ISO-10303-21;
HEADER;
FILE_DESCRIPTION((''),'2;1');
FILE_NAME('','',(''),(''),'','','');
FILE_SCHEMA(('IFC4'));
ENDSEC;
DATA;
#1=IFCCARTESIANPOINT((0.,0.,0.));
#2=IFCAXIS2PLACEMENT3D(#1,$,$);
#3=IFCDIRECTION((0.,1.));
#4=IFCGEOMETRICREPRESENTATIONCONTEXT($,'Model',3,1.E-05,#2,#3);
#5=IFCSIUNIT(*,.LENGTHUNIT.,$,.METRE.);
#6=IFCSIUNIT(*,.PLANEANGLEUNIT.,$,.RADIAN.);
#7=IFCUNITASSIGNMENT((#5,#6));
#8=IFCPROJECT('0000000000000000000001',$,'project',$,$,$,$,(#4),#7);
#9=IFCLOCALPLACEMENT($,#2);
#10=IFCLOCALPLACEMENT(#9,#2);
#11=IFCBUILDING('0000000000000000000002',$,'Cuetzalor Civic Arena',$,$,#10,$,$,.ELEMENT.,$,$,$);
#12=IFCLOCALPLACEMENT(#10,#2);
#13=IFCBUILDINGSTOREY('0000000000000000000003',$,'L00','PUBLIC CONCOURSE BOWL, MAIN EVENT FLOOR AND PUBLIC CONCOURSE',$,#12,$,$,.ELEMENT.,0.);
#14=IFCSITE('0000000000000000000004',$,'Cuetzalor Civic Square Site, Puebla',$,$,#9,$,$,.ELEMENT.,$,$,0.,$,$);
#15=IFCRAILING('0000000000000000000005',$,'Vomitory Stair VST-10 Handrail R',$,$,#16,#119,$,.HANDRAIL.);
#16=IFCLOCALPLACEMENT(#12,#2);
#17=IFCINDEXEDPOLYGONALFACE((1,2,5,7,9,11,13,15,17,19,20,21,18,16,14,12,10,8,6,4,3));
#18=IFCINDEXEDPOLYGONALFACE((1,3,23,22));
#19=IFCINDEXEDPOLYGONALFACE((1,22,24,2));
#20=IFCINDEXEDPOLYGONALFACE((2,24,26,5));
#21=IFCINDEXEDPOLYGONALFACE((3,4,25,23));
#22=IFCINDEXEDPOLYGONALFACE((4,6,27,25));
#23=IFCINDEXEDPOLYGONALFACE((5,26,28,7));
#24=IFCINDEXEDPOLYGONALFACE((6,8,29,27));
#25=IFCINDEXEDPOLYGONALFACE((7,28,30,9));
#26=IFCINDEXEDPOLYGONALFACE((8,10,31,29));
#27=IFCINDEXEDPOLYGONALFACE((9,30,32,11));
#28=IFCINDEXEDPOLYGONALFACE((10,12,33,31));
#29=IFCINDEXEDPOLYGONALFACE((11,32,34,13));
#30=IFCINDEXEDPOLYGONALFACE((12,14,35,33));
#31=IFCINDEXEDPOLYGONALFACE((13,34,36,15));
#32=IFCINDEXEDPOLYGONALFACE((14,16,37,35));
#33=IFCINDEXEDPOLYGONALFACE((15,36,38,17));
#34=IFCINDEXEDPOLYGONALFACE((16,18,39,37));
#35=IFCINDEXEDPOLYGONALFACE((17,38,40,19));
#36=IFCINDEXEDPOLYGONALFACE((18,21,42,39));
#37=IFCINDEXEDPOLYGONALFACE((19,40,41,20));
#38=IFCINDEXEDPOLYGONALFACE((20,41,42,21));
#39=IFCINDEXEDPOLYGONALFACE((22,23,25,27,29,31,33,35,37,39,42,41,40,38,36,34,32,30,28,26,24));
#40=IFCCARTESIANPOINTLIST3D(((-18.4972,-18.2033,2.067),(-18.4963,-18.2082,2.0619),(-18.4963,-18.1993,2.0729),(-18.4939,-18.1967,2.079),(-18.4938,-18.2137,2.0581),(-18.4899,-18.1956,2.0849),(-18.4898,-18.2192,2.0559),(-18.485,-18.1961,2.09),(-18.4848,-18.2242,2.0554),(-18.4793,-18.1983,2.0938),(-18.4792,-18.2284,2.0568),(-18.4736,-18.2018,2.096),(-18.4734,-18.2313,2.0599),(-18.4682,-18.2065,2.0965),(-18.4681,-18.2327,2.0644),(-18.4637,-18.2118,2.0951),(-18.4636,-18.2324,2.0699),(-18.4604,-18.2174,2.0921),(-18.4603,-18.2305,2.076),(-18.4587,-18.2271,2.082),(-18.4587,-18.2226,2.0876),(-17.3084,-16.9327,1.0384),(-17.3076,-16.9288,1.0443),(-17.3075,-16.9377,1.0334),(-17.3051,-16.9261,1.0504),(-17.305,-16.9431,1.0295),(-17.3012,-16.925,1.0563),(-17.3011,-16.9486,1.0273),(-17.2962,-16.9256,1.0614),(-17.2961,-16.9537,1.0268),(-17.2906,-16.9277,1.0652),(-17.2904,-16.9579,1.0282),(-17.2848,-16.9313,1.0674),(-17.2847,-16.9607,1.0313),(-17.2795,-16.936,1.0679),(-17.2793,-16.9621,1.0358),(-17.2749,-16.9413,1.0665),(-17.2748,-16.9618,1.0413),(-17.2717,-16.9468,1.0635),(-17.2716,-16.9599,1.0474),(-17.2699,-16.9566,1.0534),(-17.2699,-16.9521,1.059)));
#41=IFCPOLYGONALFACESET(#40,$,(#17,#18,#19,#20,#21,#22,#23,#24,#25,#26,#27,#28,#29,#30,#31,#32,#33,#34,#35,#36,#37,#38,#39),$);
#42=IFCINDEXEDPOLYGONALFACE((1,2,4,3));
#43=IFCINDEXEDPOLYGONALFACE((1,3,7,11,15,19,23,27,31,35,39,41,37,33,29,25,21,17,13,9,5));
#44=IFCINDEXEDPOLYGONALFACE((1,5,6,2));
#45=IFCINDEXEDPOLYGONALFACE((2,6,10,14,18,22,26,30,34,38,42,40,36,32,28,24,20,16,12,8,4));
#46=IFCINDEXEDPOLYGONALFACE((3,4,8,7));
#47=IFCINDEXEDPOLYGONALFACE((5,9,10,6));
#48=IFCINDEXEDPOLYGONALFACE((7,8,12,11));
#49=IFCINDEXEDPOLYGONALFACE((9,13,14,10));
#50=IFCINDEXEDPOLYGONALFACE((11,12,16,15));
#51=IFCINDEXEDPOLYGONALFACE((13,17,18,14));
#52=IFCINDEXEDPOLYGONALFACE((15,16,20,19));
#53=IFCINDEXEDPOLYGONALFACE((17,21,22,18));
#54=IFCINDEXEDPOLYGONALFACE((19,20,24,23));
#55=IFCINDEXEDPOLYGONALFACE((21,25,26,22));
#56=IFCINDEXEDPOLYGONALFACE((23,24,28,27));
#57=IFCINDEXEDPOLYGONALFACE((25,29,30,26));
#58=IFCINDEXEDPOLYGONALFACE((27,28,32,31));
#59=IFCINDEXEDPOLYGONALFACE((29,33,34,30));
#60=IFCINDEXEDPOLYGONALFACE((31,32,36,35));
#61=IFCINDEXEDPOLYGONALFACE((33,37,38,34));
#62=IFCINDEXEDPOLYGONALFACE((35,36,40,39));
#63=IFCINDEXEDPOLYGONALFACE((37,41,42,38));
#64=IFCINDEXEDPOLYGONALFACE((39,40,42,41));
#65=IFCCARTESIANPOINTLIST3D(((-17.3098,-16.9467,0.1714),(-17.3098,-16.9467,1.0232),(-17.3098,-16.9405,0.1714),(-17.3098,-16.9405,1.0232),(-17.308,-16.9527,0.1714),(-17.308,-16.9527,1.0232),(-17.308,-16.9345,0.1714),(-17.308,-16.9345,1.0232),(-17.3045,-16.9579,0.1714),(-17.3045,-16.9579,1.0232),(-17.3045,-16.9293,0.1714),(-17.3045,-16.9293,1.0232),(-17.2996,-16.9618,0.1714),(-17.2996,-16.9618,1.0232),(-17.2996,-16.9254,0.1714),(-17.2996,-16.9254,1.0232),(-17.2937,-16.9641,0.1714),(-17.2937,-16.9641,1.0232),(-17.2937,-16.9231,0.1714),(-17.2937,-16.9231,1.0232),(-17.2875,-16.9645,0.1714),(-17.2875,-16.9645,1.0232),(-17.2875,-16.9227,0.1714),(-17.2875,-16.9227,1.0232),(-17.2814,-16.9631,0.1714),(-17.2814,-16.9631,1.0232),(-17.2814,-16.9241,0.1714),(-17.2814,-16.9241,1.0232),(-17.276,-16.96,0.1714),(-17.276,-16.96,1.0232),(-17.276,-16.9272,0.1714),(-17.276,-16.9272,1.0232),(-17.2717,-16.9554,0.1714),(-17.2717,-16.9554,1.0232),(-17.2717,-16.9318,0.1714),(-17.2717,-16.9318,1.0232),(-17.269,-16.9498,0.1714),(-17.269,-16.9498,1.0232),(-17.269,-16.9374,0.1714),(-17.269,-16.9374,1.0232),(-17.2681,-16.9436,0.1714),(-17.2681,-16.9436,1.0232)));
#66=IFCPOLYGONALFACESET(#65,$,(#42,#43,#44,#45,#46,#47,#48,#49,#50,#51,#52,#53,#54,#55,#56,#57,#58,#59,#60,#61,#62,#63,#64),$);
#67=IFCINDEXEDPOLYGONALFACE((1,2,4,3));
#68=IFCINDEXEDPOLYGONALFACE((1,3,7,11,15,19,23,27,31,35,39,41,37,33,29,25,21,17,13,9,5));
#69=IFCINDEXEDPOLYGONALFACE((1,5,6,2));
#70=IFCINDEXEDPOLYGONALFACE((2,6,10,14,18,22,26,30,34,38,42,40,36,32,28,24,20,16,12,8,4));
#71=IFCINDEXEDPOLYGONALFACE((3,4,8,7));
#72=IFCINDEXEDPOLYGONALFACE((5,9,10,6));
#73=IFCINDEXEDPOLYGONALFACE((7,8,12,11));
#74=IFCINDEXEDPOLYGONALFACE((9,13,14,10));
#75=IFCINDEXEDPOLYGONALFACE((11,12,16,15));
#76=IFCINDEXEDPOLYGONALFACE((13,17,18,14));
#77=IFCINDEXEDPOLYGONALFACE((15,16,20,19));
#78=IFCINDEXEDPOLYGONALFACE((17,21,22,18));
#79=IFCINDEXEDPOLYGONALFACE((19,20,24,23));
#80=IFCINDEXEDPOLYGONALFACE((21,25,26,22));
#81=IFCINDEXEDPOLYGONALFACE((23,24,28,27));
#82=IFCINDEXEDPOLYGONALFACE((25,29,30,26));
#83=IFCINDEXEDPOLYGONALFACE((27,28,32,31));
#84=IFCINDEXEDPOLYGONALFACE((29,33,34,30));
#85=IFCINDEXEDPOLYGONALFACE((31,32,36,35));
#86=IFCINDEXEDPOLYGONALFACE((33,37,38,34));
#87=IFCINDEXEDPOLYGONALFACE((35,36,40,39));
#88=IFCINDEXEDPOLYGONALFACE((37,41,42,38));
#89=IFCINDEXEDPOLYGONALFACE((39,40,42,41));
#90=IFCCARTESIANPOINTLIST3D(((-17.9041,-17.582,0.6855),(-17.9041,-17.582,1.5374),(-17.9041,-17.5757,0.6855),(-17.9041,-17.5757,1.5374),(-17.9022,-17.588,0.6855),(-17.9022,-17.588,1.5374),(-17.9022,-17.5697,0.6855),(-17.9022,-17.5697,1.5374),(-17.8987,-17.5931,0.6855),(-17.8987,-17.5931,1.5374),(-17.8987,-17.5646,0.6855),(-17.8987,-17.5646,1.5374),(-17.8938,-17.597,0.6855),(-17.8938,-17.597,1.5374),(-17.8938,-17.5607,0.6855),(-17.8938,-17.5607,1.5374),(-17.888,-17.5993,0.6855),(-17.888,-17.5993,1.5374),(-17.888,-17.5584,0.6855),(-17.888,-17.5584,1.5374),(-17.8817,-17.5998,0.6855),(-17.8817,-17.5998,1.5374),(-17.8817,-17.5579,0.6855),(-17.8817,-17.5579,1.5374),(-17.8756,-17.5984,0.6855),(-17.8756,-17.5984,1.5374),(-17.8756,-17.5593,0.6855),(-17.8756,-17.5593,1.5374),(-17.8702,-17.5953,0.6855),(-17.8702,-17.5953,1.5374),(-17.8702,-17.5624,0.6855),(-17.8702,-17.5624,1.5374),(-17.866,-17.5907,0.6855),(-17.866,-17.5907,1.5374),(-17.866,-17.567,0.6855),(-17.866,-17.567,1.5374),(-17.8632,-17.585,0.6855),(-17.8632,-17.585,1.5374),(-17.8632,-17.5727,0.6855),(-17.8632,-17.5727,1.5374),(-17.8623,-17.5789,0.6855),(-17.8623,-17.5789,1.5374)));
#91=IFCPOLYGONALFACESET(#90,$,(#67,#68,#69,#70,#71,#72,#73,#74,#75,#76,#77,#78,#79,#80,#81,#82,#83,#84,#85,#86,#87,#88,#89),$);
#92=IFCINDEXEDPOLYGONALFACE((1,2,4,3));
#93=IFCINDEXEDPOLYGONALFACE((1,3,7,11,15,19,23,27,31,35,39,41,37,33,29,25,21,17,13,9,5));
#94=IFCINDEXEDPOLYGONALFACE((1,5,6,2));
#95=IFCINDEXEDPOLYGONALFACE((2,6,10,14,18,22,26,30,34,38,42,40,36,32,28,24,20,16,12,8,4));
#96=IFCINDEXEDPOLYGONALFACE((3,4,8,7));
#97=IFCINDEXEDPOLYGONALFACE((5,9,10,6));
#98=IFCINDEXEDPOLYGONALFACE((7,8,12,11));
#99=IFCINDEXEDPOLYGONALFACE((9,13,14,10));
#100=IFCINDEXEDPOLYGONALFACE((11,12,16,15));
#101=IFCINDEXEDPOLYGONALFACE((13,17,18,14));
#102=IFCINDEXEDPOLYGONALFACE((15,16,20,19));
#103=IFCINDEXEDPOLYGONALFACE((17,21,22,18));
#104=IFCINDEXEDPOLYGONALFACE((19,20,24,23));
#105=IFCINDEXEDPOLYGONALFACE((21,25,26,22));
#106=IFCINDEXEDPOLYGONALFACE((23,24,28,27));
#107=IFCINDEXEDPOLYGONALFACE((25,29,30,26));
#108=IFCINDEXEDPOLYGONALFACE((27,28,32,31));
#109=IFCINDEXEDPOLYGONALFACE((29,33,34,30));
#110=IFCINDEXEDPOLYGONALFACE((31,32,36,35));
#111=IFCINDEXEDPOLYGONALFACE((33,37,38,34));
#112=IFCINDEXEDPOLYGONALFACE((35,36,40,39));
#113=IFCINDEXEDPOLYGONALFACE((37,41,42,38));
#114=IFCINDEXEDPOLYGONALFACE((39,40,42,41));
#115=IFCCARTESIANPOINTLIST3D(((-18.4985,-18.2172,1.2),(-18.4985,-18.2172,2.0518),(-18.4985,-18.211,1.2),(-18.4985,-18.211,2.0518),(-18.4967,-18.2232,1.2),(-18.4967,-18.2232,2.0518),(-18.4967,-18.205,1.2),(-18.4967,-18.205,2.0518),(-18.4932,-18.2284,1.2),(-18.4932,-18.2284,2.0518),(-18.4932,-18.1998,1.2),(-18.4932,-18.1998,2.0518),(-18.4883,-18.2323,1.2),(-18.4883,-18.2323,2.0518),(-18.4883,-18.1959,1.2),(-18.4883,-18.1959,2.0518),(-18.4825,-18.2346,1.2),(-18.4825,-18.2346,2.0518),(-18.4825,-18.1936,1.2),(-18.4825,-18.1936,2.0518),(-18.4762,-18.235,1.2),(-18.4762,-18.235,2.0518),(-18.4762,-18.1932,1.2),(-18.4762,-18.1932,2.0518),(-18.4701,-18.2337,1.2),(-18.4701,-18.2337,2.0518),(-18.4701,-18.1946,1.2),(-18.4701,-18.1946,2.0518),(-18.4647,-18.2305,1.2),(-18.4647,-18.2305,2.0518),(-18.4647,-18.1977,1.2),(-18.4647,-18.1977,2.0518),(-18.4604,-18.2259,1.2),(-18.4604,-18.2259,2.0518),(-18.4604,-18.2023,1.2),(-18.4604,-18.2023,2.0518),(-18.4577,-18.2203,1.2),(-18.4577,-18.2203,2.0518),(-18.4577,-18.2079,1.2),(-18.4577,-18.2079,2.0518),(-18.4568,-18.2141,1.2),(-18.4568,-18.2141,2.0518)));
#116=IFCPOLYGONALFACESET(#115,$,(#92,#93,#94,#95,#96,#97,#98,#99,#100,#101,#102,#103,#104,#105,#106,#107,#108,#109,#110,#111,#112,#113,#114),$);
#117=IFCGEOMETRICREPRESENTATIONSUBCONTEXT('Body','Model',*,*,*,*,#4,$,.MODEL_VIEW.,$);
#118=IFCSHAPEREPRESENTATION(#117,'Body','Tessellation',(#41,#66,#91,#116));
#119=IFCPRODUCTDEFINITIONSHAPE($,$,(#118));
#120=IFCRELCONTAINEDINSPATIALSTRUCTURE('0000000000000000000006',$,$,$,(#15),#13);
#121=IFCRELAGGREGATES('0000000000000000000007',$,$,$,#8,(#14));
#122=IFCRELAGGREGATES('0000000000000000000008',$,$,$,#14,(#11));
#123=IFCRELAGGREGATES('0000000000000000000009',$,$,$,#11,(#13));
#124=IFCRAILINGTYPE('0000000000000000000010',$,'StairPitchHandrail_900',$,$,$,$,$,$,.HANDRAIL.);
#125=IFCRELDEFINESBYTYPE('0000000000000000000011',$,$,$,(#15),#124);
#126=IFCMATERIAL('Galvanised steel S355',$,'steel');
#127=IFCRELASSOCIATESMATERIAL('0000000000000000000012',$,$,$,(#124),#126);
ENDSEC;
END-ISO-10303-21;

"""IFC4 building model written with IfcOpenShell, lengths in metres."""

from ifc_helpers import new_model, si_unit, direction, frame, origin, origin_2d, place, context, subcontext, project, spatial, circle, extrude, material, type_object, element, save


model = new_model("IFC4")

# Units and contexts
model_context = context("Model", 3, precision=1e-05, world=origin(), true_north=direction((0.0, 1.0)))
body_context = subcontext(model_context, "Body", "Model", "MODEL_VIEW")
ifc_project = project(units=[si_unit("LENGTHUNIT", "METRE"), si_unit("PLANEANGLEUNIT", "RADIAN")], contexts=[model_context])

# Site, building, storey
site_placement = place(None, origin())
site = spatial("IfcSite", under=ifc_project, at=site_placement, Name="Cuetzalor Civic Square Site, Puebla", CompositionType="ELEMENT", RefElevation=0.0)
building_placement = place(site_placement, origin())
building = spatial("IfcBuilding", under=site, at=building_placement, Name="Cuetzalor Civic Arena", CompositionType="ELEMENT")
storey_placement = place(building_placement, origin())
storey = spatial("IfcBuildingStorey", under=building, at=storey_placement, Name="L00", Description="PUBLIC CONCOURSE BOWL, MAIN EVENT FLOOR AND PUBLIC CONCOURSE", CompositionType="ELEMENT", Elevation=0.0)

# Railing
ifc_material_1 = material(Name="Galvanised steel S355", Category="steel")
railing_type_1 = type_object("IfcRailingType", Name="StairPitchHandrail_900", PredefinedType="HANDRAIL", material=ifc_material_1)
railing_1_placement = place(storey_placement, frame((-17.2891, -16.9436, 0.1714)))
element("IfcRailing", 1, at=railing_1_placement, inside=storey, type_object=railing_type_1, Name="Vomitory Stair VST-10 Handrail R", PredefinedType="HANDRAIL", context=body_context, shape_type="SweptSolid", body=[
    extrude(circle(Radius=0.0239, at=origin_2d()), frame((0.0, 0.0, 0.876), z_axis=(-0.58813, -0.628595, 0.508892), x_axis=(0.730219, -0.683213, 0.0)), (0.0, 0.0, 1.0), 2.0212),
    extrude(circle(Radius=0.021, at=origin_2d()), origin(), (0.0, 0.0, 1.0), 0.8518),
    extrude(circle(Radius=0.021, at=origin_2d()), frame((-0.5942, -0.6353, 0.5142)), (0.0, 0.0, 1.0), 0.8518),
    extrude(circle(Radius=0.021, at=origin_2d()), frame((-1.1887, -1.2705, 1.0286)), (0.0, 0.0, 1.0), 0.8518),
])

save(model, "model.ifc")
